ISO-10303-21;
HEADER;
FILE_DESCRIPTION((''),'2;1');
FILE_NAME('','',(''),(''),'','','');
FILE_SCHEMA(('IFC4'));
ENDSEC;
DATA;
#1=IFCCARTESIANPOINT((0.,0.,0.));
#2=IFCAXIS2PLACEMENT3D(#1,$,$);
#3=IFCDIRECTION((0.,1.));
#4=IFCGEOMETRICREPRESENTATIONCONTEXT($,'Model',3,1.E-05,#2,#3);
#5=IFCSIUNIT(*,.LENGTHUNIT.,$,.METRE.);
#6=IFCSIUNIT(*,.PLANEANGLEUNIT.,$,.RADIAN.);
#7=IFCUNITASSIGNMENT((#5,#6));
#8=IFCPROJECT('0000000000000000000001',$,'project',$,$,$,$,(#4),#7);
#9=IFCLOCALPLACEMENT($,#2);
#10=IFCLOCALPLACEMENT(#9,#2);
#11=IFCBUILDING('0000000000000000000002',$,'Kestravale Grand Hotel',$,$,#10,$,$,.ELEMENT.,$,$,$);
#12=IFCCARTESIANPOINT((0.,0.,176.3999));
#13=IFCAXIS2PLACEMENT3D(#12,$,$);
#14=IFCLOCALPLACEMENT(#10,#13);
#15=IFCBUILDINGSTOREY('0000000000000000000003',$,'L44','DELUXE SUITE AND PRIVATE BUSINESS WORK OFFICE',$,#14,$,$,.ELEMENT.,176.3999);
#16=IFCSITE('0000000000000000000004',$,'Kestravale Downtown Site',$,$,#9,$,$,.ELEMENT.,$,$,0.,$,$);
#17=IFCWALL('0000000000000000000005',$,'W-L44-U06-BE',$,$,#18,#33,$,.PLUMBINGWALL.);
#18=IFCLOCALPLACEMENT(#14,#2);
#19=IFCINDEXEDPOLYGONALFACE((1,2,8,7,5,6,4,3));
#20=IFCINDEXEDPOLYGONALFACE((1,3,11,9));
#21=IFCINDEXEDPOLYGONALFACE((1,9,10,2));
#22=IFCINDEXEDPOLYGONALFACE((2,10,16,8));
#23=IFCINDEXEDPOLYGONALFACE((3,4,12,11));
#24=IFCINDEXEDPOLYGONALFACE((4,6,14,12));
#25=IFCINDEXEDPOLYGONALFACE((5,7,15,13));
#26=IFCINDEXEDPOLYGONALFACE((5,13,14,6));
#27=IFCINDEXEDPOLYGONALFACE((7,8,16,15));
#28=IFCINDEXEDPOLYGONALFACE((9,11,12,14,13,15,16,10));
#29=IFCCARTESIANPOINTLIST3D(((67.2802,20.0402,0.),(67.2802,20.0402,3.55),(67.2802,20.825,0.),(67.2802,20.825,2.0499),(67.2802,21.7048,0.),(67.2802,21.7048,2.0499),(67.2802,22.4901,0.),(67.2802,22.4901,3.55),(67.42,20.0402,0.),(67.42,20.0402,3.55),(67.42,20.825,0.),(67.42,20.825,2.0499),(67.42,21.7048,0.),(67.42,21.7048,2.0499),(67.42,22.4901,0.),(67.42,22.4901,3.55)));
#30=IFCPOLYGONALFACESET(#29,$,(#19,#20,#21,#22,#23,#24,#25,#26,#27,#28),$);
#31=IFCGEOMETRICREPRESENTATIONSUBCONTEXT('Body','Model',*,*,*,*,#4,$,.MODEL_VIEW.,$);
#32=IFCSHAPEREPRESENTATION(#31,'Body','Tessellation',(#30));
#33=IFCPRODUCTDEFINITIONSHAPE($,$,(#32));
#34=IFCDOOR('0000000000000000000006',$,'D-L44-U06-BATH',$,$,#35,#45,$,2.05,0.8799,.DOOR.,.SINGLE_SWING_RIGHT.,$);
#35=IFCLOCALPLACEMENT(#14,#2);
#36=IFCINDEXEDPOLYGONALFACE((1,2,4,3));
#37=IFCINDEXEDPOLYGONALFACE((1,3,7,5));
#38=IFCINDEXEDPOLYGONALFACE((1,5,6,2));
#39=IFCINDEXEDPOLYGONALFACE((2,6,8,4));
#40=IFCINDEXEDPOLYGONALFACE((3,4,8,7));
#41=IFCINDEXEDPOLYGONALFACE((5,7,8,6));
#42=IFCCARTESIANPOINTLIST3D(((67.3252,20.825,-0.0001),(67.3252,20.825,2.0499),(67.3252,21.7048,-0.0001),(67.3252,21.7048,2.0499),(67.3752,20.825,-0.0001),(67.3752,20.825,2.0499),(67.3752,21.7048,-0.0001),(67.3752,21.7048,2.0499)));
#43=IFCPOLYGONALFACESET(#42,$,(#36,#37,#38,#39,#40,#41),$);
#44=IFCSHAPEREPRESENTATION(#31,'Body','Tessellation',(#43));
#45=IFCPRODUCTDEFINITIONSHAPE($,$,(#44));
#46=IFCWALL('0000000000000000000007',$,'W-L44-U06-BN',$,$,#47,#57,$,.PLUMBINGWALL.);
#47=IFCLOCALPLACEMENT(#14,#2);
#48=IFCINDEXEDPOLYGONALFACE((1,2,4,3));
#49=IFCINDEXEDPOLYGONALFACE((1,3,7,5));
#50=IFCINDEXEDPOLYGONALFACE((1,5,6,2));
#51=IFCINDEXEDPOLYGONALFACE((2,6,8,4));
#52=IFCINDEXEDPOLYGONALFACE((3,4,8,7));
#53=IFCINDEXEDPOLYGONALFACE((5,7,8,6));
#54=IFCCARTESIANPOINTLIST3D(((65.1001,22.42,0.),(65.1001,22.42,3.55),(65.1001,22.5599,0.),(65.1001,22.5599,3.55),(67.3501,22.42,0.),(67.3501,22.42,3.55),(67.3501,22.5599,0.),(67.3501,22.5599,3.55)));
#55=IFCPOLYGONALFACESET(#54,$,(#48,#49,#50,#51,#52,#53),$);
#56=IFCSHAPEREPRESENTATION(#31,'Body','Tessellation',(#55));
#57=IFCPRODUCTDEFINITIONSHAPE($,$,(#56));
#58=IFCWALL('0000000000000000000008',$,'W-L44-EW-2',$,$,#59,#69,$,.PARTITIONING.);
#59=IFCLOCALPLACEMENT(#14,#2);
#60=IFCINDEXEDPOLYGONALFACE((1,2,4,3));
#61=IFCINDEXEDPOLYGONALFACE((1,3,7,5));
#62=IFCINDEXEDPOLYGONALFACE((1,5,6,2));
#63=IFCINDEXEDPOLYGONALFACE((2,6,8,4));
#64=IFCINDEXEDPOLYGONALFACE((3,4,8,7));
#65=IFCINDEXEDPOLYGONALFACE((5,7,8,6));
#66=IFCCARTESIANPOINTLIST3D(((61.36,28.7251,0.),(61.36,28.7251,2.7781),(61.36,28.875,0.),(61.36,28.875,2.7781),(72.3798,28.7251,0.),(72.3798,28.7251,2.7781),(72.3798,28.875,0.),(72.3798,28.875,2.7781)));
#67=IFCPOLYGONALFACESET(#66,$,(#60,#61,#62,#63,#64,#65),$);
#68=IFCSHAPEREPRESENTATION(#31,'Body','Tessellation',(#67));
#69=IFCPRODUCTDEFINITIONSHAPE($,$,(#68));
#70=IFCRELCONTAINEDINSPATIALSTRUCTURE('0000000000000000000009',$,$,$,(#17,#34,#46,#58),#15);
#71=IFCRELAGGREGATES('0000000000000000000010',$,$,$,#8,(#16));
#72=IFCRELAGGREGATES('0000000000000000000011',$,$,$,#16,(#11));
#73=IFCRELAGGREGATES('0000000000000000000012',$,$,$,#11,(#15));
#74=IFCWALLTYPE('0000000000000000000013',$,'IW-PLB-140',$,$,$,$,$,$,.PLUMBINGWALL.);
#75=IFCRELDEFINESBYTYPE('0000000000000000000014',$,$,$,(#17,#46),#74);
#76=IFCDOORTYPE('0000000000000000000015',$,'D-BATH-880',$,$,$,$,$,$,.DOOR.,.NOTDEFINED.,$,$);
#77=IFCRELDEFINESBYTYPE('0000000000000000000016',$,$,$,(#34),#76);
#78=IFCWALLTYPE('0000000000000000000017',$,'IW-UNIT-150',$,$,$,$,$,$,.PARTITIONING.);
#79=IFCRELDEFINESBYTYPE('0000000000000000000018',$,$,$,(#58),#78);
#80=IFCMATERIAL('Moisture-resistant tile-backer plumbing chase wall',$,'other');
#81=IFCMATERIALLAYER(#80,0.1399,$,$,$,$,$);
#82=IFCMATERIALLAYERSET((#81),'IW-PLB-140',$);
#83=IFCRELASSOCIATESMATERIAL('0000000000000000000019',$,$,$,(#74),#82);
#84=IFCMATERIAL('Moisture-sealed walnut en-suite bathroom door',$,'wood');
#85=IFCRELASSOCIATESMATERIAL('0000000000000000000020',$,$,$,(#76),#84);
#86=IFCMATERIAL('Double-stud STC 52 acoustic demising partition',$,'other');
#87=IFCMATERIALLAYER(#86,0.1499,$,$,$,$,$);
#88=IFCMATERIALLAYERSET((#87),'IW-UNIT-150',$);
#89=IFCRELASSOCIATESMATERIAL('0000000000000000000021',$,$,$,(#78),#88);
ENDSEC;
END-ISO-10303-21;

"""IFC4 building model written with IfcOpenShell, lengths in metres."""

from ifc_helpers import new_model, si_unit, direction, frame, frame_2d, origin, place, context, subcontext, project, spatial, rectangle, extrude, material, layer, layer_set, type_object, element, fill, save


model = new_model("IFC4")

# Units and contexts
model_context = context("Model", 3, precision=1e-05, world=origin(), true_north=direction((0.0, 1.0)))
body_context = subcontext(model_context, "Body", "Model", "MODEL_VIEW")
ifc_project = project(units=[si_unit("LENGTHUNIT", "METRE"), si_unit("PLANEANGLEUNIT", "RADIAN")], contexts=[model_context])

# Site, building, storey
site_placement = place(None, origin())
site = spatial("IfcSite", under=ifc_project, at=site_placement, Name="Kestravale Downtown Site", CompositionType="ELEMENT", RefElevation=0.0)
building_placement = place(site_placement, origin())
building = spatial("IfcBuilding", under=site, at=building_placement, Name="Kestravale Grand Hotel", CompositionType="ELEMENT")
storey_placement = place(building_placement, frame((0.0, 0.0, 176.3999)))
storey = spatial("IfcBuildingStorey", under=building, at=storey_placement, Name="L44", Description="DELUXE SUITE AND PRIVATE BUSINESS WORK OFFICE", CompositionType="ELEMENT", Elevation=176.3999)

# Shared definitions
ifc_material_1 = material(Name="Moisture-resistant tile-backer plumbing chase wall", Category="other")
ifc_layer_1 = layer(ifc_material_1, 0.1399)
ifc_layer_set_1 = layer_set([ifc_layer_1], Name="IW-PLB-140")
wall_type_1 = type_object("IfcWallType", Name="IW-PLB-140", PredefinedType="PLUMBINGWALL", material=ifc_layer_set_1)

# Wall, opening, door
wall_1_placement = place(storey_placement, frame((67.3501, 20.04, 0.0), z_axis=(0.0, 0.0, 1.0), x_axis=(0.0, 1.0, 0.0)))
wall_1 = element("IfcWall", 1, at=wall_1_placement, inside=storey, type_object=wall_type_1, Name="W-L44-U06-BE", PredefinedType="PLUMBINGWALL", context=body_context, shape_type="SweptSolid", body=[
    extrude(rectangle(XDim=2.45, YDim=0.1399, at=frame_2d((1.2251, 0.0))), origin(), (0.0, 0.0, 1.0), 3.55),
])
opening_placement = place(wall_1_placement, frame((0.7849, 0.0, 0.0)))
opening = element("IfcOpeningElement", 2, at=opening_placement, cuts=wall_1, PredefinedType="OPENING", context=body_context, shape_type="SweptSolid", body=[
    extrude(rectangle(XDim=0.8799, YDim=2.05, at=frame_2d((0.4399, 1.0249))), frame((0.0, 0.0798, 0.0), z_axis=(0.0, -1.0, 0.0), x_axis=(1.0, 0.0, 0.0)), (0.0, 0.0, 1.0), 0.1599),
])
ifc_material_2 = material(Name="Moisture-sealed walnut en-suite bathroom door", Category="wood")
door_type = type_object("IfcDoorType", Name="D-BATH-880", OperationType="NOTDEFINED", PredefinedType="DOOR", material=ifc_material_2)
door_placement = place(opening_placement, origin())
door = element("IfcDoor", 3, at=door_placement, inside=storey, type_object=door_type, Name="D-L44-U06-BATH", OperationType="SINGLE_SWING_RIGHT", OverallHeight=2.05, OverallWidth=0.8799, PredefinedType="DOOR", context=body_context, shape_type="SweptSolid", body=[
    extrude(rectangle(XDim=0.8799, YDim=2.05, at=frame_2d((0.4399, 1.0249))), frame((0.0, 0.0249, 0.0), z_axis=(0.0, -1.0, 0.0), x_axis=(1.0, 0.0, 0.0)), (0.0, 0.0, 1.0), 0.05),
])
fill(opening, door)

# Walls
wall_2_placement = place(storey_placement, frame((65.1001, 22.49, 0.0), z_axis=(0.0, 0.0, 1.0), x_axis=(1.0, 0.0, 0.0)))
element("IfcWall", 4, at=wall_2_placement, inside=storey, type_object=wall_type_1, Name="W-L44-U06-BN", PredefinedType="PLUMBINGWALL", context=body_context, shape_type="SweptSolid", body=[
    extrude(rectangle(XDim=2.25, YDim=0.1399, at=frame_2d((1.125, 0.0))), origin(), (0.0, 0.0, 1.0), 3.55),
])
ifc_material_3 = material(Name="Double-stud STC 52 acoustic demising partition", Category="other")
ifc_layer_2 = layer(ifc_material_3, 0.1499)
ifc_layer_set_2 = layer_set([ifc_layer_2], Name="IW-UNIT-150")
wall_type_2 = type_object("IfcWallType", Name="IW-UNIT-150", PredefinedType="PARTITIONING", material=ifc_layer_set_2)
wall_3_placement = place(storey_placement, frame((61.3601, 28.8, 0.0), z_axis=(0.0, 0.0, 1.0), x_axis=(1.0, 0.0, 0.0)))
element("IfcWall", 5, at=wall_3_placement, inside=storey, type_object=wall_type_2, Name="W-L44-EW-2", PredefinedType="PARTITIONING", context=body_context, shape_type="SweptSolid", body=[
    extrude(rectangle(XDim=11.0198, YDim=0.1499, at=frame_2d((5.5098, 0.0))), origin(), (0.0, 0.0, 1.0), 2.7781),
])

save(model, "model.ifc")
